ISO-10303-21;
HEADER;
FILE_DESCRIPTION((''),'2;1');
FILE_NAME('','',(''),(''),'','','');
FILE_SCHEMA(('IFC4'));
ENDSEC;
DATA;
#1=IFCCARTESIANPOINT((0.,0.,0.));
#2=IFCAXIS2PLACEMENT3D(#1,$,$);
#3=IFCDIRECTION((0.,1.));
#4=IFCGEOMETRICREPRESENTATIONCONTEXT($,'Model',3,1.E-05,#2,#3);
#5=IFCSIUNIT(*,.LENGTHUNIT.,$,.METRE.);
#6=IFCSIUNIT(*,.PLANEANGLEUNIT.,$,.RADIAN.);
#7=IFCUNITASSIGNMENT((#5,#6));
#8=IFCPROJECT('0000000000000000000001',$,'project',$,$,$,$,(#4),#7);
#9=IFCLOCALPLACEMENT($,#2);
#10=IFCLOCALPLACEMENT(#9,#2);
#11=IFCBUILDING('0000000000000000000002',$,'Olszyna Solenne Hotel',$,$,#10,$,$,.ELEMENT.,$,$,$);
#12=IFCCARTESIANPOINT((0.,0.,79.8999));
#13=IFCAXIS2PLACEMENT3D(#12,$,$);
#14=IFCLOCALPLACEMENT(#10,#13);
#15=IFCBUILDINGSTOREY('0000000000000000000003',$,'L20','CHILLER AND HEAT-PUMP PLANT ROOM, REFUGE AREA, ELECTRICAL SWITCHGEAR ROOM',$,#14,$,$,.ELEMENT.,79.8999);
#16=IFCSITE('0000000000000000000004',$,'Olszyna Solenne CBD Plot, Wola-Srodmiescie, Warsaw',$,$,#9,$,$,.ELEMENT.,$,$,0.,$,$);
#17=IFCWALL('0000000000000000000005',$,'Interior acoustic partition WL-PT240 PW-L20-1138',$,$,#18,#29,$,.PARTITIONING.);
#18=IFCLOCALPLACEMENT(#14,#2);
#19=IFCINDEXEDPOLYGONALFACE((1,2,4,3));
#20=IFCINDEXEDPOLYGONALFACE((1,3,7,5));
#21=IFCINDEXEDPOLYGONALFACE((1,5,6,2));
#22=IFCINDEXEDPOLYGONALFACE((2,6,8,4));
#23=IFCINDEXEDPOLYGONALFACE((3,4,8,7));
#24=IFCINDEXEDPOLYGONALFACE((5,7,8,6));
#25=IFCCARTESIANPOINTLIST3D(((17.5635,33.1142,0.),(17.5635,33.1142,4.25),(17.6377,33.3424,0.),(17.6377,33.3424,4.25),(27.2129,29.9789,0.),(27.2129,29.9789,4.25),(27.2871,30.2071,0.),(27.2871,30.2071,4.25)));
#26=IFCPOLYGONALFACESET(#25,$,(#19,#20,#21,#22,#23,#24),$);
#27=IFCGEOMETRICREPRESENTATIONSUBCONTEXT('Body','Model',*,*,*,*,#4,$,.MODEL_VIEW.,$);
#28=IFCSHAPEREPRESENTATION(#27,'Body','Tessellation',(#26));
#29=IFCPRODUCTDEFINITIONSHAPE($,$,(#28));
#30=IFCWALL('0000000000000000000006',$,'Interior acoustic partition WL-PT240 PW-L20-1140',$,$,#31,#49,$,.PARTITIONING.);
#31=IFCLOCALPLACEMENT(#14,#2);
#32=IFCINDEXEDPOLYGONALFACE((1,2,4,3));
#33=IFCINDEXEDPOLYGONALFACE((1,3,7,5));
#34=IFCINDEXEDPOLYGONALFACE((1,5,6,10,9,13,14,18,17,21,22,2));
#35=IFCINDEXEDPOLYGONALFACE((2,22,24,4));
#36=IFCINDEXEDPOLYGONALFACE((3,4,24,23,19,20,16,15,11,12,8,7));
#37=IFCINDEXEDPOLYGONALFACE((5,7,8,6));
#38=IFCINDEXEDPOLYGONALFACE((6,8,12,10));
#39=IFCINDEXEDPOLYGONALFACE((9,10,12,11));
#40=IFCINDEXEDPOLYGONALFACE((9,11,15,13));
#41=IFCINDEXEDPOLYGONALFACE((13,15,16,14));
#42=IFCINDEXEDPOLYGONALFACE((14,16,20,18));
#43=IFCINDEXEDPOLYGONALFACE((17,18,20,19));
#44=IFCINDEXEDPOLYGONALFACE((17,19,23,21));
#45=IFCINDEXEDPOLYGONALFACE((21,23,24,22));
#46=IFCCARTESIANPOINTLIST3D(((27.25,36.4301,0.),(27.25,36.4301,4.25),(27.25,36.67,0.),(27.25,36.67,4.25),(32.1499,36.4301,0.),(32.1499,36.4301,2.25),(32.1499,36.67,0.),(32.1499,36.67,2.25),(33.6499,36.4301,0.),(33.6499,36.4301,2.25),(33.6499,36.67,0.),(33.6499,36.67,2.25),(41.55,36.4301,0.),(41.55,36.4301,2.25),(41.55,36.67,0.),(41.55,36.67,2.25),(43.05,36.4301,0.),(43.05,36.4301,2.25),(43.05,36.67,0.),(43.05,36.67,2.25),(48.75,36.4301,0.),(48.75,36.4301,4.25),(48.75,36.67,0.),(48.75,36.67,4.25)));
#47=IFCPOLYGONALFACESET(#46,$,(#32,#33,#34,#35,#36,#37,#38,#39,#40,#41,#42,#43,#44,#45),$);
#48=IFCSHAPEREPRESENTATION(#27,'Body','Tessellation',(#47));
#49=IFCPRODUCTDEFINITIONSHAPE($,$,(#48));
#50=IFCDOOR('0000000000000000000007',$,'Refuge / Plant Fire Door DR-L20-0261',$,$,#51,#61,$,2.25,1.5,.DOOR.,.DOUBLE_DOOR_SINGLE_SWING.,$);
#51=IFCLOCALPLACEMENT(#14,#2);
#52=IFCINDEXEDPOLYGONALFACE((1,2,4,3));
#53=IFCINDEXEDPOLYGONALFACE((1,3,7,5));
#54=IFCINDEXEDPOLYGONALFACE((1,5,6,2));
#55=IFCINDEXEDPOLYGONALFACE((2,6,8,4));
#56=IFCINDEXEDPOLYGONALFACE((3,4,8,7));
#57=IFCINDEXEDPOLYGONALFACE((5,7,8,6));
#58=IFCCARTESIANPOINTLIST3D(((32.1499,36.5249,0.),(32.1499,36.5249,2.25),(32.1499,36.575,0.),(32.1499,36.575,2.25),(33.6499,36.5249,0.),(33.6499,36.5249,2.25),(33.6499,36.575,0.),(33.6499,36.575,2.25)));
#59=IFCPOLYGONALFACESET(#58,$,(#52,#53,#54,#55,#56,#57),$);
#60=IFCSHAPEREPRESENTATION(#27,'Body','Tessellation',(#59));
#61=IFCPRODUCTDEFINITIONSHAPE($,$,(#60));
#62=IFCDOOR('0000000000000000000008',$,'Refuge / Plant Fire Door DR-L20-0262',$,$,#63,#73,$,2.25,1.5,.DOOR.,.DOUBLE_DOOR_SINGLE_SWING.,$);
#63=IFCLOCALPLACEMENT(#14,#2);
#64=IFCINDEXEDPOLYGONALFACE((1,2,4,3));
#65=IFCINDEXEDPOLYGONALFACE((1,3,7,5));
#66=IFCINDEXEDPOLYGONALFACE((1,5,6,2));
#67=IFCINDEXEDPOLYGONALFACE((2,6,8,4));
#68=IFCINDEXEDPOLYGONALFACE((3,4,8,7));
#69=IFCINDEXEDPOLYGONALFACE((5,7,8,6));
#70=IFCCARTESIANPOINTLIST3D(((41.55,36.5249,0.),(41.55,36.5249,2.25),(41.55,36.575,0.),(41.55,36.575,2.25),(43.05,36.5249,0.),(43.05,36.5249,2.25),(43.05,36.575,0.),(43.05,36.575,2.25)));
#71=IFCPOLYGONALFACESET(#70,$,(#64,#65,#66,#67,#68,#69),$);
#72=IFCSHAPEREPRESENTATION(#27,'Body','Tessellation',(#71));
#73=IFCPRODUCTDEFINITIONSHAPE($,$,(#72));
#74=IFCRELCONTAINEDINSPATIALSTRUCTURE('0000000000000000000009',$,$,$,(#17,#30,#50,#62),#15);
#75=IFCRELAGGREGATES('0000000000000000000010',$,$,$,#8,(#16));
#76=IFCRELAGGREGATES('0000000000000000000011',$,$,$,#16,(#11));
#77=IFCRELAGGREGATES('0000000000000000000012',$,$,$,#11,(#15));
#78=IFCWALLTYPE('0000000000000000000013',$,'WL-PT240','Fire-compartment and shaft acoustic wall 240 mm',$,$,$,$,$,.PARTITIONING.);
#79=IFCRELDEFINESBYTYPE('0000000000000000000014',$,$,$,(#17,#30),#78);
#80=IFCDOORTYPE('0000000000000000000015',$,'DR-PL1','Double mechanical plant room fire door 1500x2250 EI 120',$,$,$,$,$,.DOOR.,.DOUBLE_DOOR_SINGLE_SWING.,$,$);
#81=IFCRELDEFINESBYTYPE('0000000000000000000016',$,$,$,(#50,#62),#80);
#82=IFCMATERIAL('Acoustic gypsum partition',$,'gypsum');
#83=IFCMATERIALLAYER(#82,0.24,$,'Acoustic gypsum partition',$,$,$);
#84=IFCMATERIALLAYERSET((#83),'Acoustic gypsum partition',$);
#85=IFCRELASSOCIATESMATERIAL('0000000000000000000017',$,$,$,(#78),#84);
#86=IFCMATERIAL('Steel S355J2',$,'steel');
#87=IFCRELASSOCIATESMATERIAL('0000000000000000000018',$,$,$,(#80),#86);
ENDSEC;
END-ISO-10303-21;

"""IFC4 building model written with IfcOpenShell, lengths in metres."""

from ifc_helpers import new_model, si_unit, direction, frame, frame_2d, origin, place, context, subcontext, project, spatial, rectangle, extrude, source, transform, mapped, material, layer, layer_set, type_object, type_shapes, element, fill, save


model = new_model("IFC4")

# Units and contexts
model_context = context("Model", 3, precision=1e-05, world=origin(), true_north=direction((0.0, 1.0)))
body_context = subcontext(model_context, "Body", "Model", "MODEL_VIEW")
ifc_project = project(units=[si_unit("LENGTHUNIT", "METRE"), si_unit("PLANEANGLEUNIT", "RADIAN")], contexts=[model_context])

# Site, building, storey
site_placement = place(None, origin())
site = spatial("IfcSite", under=ifc_project, at=site_placement, Name="Olszyna Solenne CBD Plot, Wola-Srodmiescie, Warsaw", CompositionType="ELEMENT", RefElevation=0.0)
building_placement = place(site_placement, origin())
building = spatial("IfcBuilding", under=site, at=building_placement, Name="Olszyna Solenne Hotel", CompositionType="ELEMENT")
storey_placement = place(building_placement, frame((0.0, 0.0, 79.8999)))
storey = spatial("IfcBuildingStorey", under=building, at=storey_placement, Name="L20", Description="CHILLER AND HEAT-PUMP PLANT ROOM, REFUGE AREA, ELECTRICAL SWITCHGEAR ROOM", CompositionType="ELEMENT", Elevation=79.8999)

# Shared definitions
ifc_material_1 = material(Name="Steel S355J2", Category="steel")

# Shared definitions
ifc_material_2 = material(Name="Acoustic gypsum partition", Category="gypsum")

# Wall
ifc_layer_1 = layer(ifc_material_2, 0.24, Name="Acoustic gypsum partition")
ifc_layer_set_1 = layer_set([ifc_layer_1], Name="Acoustic gypsum partition")
wall_type_1 = type_object("IfcWallType", Name="WL-PT240", Description="Fire-compartment and shaft acoustic wall 240 mm", PredefinedType="PARTITIONING", material=ifc_layer_set_1)
wall_1_placement = place(storey_placement, frame((27.25, 30.093, 0.0), z_axis=(0.0, 0.0, 1.0), x_axis=(-0.951057, 0.309014, 0.0)))
element("IfcWall", 1, at=wall_1_placement, inside=storey, type_object=wall_type_1, Name="Interior acoustic partition WL-PT240 PW-L20-1138", PredefinedType="PARTITIONING", context=body_context, shape_type="SweptSolid", body=[
    extrude(rectangle(XDim=10.146, YDim=0.24, at=frame_2d((5.073, 0.0))), origin(), (0.0, 0.0, 1.0), 4.25),
])

# Wall, openings, doors
wall_2_placement = place(storey_placement, frame((27.25, 36.55, 0.0), z_axis=(0.0, 0.0, 1.0), x_axis=(1.0, 0.0, 0.0)))
wall_2 = element("IfcWall", 2, at=wall_2_placement, inside=storey, type_object=wall_type_1, Name="Interior acoustic partition WL-PT240 PW-L20-1140", PredefinedType="PARTITIONING", context=body_context, shape_type="SweptSolid", body=[
    extrude(rectangle(XDim=21.5, YDim=0.24, at=frame_2d((10.75, 0.0))), origin(), (0.0, 0.0, 1.0), 4.25),
])
opening_1_placement = place(wall_2_placement, frame((4.8999, 0.0, 0.0)))
opening_1 = element("IfcOpeningElement", 3, at=opening_1_placement, cuts=wall_2, PredefinedType="OPENING", context=body_context, shape_type="SweptSolid", body=[
    extrude(rectangle(XDim=1.5, YDim=2.25, at=frame_2d((0.75, 1.125))), frame((0.0, 0.1299, 0.0), z_axis=(0.0, -1.0, 0.0), x_axis=(1.0, 0.0, 0.0)), (0.0, 0.0, 1.0), 0.26),
])
opening_2_placement = place(wall_2_placement, frame((14.3, 0.0, 0.0)))
opening_2 = element("IfcOpeningElement", 4, at=opening_2_placement, cuts=wall_2, PredefinedType="OPENING", context=body_context, shape_type="SweptSolid", body=[
    extrude(rectangle(XDim=1.5, YDim=2.25, at=frame_2d((0.75, 1.125))), frame((0.0, 0.1299, 0.0), z_axis=(0.0, -1.0, 0.0), x_axis=(1.0, 0.0, 0.0)), (0.0, 0.0, 1.0), 0.26),
])
door_type_1 = type_object("IfcDoorType", Name="DR-PL1", Description="Double mechanical plant room fire door 1500x2250 EI 120", OperationType="DOUBLE_DOOR_SINGLE_SWING", PredefinedType="DOOR", material=ifc_material_1)
shared_shape_1 = source(origin(), body_context, "Body", "SweptSolid", [
    extrude(rectangle(XDim=1.5, YDim=2.25, at=frame_2d((0.75, 1.125))), frame((0.0, 0.0249, 0.0), z_axis=(0.0, -1.0, 0.0), x_axis=(1.0, 0.0, 0.0)), (0.0, 0.0, 1.0), 0.05),
])
type_shapes(door_type_1, [shared_shape_1])
door_1_placement = place(opening_1_placement, origin())
door_1 = element("IfcDoor", 5, at=door_1_placement, inside=storey, type_object=door_type_1, Name="Refuge / Plant Fire Door DR-L20-0261", OperationType="DOUBLE_DOOR_SINGLE_SWING", OverallHeight=2.25, OverallWidth=1.5, PredefinedType="DOOR", context=body_context, shape_type="MappedRepresentation", body=[
    mapped(shared_shape_1, transform((0.0, 0.0, 0.0), x_axis=(1.0, 0.0, 0.0), y_axis=(0.0, 1.0, 0.0), z_axis=(0.0, 0.0, 1.0), scale=1.0)),
])
fill(opening_1, door_1)
door_2_placement = place(opening_2_placement, origin())
door_2 = element("IfcDoor", 6, at=door_2_placement, inside=storey, type_object=door_type_1, Name="Refuge / Plant Fire Door DR-L20-0262", OperationType="DOUBLE_DOOR_SINGLE_SWING", OverallHeight=2.25, OverallWidth=1.5, PredefinedType="DOOR", context=body_context, shape_type="MappedRepresentation", body=[
    mapped(shared_shape_1, transform((0.0, 0.0, 0.0), x_axis=(1.0, 0.0, 0.0), y_axis=(0.0, 1.0, 0.0), z_axis=(0.0, 0.0, 1.0), scale=1.0)),
])
fill(opening_2, door_2)

save(model, "model.ifc")
